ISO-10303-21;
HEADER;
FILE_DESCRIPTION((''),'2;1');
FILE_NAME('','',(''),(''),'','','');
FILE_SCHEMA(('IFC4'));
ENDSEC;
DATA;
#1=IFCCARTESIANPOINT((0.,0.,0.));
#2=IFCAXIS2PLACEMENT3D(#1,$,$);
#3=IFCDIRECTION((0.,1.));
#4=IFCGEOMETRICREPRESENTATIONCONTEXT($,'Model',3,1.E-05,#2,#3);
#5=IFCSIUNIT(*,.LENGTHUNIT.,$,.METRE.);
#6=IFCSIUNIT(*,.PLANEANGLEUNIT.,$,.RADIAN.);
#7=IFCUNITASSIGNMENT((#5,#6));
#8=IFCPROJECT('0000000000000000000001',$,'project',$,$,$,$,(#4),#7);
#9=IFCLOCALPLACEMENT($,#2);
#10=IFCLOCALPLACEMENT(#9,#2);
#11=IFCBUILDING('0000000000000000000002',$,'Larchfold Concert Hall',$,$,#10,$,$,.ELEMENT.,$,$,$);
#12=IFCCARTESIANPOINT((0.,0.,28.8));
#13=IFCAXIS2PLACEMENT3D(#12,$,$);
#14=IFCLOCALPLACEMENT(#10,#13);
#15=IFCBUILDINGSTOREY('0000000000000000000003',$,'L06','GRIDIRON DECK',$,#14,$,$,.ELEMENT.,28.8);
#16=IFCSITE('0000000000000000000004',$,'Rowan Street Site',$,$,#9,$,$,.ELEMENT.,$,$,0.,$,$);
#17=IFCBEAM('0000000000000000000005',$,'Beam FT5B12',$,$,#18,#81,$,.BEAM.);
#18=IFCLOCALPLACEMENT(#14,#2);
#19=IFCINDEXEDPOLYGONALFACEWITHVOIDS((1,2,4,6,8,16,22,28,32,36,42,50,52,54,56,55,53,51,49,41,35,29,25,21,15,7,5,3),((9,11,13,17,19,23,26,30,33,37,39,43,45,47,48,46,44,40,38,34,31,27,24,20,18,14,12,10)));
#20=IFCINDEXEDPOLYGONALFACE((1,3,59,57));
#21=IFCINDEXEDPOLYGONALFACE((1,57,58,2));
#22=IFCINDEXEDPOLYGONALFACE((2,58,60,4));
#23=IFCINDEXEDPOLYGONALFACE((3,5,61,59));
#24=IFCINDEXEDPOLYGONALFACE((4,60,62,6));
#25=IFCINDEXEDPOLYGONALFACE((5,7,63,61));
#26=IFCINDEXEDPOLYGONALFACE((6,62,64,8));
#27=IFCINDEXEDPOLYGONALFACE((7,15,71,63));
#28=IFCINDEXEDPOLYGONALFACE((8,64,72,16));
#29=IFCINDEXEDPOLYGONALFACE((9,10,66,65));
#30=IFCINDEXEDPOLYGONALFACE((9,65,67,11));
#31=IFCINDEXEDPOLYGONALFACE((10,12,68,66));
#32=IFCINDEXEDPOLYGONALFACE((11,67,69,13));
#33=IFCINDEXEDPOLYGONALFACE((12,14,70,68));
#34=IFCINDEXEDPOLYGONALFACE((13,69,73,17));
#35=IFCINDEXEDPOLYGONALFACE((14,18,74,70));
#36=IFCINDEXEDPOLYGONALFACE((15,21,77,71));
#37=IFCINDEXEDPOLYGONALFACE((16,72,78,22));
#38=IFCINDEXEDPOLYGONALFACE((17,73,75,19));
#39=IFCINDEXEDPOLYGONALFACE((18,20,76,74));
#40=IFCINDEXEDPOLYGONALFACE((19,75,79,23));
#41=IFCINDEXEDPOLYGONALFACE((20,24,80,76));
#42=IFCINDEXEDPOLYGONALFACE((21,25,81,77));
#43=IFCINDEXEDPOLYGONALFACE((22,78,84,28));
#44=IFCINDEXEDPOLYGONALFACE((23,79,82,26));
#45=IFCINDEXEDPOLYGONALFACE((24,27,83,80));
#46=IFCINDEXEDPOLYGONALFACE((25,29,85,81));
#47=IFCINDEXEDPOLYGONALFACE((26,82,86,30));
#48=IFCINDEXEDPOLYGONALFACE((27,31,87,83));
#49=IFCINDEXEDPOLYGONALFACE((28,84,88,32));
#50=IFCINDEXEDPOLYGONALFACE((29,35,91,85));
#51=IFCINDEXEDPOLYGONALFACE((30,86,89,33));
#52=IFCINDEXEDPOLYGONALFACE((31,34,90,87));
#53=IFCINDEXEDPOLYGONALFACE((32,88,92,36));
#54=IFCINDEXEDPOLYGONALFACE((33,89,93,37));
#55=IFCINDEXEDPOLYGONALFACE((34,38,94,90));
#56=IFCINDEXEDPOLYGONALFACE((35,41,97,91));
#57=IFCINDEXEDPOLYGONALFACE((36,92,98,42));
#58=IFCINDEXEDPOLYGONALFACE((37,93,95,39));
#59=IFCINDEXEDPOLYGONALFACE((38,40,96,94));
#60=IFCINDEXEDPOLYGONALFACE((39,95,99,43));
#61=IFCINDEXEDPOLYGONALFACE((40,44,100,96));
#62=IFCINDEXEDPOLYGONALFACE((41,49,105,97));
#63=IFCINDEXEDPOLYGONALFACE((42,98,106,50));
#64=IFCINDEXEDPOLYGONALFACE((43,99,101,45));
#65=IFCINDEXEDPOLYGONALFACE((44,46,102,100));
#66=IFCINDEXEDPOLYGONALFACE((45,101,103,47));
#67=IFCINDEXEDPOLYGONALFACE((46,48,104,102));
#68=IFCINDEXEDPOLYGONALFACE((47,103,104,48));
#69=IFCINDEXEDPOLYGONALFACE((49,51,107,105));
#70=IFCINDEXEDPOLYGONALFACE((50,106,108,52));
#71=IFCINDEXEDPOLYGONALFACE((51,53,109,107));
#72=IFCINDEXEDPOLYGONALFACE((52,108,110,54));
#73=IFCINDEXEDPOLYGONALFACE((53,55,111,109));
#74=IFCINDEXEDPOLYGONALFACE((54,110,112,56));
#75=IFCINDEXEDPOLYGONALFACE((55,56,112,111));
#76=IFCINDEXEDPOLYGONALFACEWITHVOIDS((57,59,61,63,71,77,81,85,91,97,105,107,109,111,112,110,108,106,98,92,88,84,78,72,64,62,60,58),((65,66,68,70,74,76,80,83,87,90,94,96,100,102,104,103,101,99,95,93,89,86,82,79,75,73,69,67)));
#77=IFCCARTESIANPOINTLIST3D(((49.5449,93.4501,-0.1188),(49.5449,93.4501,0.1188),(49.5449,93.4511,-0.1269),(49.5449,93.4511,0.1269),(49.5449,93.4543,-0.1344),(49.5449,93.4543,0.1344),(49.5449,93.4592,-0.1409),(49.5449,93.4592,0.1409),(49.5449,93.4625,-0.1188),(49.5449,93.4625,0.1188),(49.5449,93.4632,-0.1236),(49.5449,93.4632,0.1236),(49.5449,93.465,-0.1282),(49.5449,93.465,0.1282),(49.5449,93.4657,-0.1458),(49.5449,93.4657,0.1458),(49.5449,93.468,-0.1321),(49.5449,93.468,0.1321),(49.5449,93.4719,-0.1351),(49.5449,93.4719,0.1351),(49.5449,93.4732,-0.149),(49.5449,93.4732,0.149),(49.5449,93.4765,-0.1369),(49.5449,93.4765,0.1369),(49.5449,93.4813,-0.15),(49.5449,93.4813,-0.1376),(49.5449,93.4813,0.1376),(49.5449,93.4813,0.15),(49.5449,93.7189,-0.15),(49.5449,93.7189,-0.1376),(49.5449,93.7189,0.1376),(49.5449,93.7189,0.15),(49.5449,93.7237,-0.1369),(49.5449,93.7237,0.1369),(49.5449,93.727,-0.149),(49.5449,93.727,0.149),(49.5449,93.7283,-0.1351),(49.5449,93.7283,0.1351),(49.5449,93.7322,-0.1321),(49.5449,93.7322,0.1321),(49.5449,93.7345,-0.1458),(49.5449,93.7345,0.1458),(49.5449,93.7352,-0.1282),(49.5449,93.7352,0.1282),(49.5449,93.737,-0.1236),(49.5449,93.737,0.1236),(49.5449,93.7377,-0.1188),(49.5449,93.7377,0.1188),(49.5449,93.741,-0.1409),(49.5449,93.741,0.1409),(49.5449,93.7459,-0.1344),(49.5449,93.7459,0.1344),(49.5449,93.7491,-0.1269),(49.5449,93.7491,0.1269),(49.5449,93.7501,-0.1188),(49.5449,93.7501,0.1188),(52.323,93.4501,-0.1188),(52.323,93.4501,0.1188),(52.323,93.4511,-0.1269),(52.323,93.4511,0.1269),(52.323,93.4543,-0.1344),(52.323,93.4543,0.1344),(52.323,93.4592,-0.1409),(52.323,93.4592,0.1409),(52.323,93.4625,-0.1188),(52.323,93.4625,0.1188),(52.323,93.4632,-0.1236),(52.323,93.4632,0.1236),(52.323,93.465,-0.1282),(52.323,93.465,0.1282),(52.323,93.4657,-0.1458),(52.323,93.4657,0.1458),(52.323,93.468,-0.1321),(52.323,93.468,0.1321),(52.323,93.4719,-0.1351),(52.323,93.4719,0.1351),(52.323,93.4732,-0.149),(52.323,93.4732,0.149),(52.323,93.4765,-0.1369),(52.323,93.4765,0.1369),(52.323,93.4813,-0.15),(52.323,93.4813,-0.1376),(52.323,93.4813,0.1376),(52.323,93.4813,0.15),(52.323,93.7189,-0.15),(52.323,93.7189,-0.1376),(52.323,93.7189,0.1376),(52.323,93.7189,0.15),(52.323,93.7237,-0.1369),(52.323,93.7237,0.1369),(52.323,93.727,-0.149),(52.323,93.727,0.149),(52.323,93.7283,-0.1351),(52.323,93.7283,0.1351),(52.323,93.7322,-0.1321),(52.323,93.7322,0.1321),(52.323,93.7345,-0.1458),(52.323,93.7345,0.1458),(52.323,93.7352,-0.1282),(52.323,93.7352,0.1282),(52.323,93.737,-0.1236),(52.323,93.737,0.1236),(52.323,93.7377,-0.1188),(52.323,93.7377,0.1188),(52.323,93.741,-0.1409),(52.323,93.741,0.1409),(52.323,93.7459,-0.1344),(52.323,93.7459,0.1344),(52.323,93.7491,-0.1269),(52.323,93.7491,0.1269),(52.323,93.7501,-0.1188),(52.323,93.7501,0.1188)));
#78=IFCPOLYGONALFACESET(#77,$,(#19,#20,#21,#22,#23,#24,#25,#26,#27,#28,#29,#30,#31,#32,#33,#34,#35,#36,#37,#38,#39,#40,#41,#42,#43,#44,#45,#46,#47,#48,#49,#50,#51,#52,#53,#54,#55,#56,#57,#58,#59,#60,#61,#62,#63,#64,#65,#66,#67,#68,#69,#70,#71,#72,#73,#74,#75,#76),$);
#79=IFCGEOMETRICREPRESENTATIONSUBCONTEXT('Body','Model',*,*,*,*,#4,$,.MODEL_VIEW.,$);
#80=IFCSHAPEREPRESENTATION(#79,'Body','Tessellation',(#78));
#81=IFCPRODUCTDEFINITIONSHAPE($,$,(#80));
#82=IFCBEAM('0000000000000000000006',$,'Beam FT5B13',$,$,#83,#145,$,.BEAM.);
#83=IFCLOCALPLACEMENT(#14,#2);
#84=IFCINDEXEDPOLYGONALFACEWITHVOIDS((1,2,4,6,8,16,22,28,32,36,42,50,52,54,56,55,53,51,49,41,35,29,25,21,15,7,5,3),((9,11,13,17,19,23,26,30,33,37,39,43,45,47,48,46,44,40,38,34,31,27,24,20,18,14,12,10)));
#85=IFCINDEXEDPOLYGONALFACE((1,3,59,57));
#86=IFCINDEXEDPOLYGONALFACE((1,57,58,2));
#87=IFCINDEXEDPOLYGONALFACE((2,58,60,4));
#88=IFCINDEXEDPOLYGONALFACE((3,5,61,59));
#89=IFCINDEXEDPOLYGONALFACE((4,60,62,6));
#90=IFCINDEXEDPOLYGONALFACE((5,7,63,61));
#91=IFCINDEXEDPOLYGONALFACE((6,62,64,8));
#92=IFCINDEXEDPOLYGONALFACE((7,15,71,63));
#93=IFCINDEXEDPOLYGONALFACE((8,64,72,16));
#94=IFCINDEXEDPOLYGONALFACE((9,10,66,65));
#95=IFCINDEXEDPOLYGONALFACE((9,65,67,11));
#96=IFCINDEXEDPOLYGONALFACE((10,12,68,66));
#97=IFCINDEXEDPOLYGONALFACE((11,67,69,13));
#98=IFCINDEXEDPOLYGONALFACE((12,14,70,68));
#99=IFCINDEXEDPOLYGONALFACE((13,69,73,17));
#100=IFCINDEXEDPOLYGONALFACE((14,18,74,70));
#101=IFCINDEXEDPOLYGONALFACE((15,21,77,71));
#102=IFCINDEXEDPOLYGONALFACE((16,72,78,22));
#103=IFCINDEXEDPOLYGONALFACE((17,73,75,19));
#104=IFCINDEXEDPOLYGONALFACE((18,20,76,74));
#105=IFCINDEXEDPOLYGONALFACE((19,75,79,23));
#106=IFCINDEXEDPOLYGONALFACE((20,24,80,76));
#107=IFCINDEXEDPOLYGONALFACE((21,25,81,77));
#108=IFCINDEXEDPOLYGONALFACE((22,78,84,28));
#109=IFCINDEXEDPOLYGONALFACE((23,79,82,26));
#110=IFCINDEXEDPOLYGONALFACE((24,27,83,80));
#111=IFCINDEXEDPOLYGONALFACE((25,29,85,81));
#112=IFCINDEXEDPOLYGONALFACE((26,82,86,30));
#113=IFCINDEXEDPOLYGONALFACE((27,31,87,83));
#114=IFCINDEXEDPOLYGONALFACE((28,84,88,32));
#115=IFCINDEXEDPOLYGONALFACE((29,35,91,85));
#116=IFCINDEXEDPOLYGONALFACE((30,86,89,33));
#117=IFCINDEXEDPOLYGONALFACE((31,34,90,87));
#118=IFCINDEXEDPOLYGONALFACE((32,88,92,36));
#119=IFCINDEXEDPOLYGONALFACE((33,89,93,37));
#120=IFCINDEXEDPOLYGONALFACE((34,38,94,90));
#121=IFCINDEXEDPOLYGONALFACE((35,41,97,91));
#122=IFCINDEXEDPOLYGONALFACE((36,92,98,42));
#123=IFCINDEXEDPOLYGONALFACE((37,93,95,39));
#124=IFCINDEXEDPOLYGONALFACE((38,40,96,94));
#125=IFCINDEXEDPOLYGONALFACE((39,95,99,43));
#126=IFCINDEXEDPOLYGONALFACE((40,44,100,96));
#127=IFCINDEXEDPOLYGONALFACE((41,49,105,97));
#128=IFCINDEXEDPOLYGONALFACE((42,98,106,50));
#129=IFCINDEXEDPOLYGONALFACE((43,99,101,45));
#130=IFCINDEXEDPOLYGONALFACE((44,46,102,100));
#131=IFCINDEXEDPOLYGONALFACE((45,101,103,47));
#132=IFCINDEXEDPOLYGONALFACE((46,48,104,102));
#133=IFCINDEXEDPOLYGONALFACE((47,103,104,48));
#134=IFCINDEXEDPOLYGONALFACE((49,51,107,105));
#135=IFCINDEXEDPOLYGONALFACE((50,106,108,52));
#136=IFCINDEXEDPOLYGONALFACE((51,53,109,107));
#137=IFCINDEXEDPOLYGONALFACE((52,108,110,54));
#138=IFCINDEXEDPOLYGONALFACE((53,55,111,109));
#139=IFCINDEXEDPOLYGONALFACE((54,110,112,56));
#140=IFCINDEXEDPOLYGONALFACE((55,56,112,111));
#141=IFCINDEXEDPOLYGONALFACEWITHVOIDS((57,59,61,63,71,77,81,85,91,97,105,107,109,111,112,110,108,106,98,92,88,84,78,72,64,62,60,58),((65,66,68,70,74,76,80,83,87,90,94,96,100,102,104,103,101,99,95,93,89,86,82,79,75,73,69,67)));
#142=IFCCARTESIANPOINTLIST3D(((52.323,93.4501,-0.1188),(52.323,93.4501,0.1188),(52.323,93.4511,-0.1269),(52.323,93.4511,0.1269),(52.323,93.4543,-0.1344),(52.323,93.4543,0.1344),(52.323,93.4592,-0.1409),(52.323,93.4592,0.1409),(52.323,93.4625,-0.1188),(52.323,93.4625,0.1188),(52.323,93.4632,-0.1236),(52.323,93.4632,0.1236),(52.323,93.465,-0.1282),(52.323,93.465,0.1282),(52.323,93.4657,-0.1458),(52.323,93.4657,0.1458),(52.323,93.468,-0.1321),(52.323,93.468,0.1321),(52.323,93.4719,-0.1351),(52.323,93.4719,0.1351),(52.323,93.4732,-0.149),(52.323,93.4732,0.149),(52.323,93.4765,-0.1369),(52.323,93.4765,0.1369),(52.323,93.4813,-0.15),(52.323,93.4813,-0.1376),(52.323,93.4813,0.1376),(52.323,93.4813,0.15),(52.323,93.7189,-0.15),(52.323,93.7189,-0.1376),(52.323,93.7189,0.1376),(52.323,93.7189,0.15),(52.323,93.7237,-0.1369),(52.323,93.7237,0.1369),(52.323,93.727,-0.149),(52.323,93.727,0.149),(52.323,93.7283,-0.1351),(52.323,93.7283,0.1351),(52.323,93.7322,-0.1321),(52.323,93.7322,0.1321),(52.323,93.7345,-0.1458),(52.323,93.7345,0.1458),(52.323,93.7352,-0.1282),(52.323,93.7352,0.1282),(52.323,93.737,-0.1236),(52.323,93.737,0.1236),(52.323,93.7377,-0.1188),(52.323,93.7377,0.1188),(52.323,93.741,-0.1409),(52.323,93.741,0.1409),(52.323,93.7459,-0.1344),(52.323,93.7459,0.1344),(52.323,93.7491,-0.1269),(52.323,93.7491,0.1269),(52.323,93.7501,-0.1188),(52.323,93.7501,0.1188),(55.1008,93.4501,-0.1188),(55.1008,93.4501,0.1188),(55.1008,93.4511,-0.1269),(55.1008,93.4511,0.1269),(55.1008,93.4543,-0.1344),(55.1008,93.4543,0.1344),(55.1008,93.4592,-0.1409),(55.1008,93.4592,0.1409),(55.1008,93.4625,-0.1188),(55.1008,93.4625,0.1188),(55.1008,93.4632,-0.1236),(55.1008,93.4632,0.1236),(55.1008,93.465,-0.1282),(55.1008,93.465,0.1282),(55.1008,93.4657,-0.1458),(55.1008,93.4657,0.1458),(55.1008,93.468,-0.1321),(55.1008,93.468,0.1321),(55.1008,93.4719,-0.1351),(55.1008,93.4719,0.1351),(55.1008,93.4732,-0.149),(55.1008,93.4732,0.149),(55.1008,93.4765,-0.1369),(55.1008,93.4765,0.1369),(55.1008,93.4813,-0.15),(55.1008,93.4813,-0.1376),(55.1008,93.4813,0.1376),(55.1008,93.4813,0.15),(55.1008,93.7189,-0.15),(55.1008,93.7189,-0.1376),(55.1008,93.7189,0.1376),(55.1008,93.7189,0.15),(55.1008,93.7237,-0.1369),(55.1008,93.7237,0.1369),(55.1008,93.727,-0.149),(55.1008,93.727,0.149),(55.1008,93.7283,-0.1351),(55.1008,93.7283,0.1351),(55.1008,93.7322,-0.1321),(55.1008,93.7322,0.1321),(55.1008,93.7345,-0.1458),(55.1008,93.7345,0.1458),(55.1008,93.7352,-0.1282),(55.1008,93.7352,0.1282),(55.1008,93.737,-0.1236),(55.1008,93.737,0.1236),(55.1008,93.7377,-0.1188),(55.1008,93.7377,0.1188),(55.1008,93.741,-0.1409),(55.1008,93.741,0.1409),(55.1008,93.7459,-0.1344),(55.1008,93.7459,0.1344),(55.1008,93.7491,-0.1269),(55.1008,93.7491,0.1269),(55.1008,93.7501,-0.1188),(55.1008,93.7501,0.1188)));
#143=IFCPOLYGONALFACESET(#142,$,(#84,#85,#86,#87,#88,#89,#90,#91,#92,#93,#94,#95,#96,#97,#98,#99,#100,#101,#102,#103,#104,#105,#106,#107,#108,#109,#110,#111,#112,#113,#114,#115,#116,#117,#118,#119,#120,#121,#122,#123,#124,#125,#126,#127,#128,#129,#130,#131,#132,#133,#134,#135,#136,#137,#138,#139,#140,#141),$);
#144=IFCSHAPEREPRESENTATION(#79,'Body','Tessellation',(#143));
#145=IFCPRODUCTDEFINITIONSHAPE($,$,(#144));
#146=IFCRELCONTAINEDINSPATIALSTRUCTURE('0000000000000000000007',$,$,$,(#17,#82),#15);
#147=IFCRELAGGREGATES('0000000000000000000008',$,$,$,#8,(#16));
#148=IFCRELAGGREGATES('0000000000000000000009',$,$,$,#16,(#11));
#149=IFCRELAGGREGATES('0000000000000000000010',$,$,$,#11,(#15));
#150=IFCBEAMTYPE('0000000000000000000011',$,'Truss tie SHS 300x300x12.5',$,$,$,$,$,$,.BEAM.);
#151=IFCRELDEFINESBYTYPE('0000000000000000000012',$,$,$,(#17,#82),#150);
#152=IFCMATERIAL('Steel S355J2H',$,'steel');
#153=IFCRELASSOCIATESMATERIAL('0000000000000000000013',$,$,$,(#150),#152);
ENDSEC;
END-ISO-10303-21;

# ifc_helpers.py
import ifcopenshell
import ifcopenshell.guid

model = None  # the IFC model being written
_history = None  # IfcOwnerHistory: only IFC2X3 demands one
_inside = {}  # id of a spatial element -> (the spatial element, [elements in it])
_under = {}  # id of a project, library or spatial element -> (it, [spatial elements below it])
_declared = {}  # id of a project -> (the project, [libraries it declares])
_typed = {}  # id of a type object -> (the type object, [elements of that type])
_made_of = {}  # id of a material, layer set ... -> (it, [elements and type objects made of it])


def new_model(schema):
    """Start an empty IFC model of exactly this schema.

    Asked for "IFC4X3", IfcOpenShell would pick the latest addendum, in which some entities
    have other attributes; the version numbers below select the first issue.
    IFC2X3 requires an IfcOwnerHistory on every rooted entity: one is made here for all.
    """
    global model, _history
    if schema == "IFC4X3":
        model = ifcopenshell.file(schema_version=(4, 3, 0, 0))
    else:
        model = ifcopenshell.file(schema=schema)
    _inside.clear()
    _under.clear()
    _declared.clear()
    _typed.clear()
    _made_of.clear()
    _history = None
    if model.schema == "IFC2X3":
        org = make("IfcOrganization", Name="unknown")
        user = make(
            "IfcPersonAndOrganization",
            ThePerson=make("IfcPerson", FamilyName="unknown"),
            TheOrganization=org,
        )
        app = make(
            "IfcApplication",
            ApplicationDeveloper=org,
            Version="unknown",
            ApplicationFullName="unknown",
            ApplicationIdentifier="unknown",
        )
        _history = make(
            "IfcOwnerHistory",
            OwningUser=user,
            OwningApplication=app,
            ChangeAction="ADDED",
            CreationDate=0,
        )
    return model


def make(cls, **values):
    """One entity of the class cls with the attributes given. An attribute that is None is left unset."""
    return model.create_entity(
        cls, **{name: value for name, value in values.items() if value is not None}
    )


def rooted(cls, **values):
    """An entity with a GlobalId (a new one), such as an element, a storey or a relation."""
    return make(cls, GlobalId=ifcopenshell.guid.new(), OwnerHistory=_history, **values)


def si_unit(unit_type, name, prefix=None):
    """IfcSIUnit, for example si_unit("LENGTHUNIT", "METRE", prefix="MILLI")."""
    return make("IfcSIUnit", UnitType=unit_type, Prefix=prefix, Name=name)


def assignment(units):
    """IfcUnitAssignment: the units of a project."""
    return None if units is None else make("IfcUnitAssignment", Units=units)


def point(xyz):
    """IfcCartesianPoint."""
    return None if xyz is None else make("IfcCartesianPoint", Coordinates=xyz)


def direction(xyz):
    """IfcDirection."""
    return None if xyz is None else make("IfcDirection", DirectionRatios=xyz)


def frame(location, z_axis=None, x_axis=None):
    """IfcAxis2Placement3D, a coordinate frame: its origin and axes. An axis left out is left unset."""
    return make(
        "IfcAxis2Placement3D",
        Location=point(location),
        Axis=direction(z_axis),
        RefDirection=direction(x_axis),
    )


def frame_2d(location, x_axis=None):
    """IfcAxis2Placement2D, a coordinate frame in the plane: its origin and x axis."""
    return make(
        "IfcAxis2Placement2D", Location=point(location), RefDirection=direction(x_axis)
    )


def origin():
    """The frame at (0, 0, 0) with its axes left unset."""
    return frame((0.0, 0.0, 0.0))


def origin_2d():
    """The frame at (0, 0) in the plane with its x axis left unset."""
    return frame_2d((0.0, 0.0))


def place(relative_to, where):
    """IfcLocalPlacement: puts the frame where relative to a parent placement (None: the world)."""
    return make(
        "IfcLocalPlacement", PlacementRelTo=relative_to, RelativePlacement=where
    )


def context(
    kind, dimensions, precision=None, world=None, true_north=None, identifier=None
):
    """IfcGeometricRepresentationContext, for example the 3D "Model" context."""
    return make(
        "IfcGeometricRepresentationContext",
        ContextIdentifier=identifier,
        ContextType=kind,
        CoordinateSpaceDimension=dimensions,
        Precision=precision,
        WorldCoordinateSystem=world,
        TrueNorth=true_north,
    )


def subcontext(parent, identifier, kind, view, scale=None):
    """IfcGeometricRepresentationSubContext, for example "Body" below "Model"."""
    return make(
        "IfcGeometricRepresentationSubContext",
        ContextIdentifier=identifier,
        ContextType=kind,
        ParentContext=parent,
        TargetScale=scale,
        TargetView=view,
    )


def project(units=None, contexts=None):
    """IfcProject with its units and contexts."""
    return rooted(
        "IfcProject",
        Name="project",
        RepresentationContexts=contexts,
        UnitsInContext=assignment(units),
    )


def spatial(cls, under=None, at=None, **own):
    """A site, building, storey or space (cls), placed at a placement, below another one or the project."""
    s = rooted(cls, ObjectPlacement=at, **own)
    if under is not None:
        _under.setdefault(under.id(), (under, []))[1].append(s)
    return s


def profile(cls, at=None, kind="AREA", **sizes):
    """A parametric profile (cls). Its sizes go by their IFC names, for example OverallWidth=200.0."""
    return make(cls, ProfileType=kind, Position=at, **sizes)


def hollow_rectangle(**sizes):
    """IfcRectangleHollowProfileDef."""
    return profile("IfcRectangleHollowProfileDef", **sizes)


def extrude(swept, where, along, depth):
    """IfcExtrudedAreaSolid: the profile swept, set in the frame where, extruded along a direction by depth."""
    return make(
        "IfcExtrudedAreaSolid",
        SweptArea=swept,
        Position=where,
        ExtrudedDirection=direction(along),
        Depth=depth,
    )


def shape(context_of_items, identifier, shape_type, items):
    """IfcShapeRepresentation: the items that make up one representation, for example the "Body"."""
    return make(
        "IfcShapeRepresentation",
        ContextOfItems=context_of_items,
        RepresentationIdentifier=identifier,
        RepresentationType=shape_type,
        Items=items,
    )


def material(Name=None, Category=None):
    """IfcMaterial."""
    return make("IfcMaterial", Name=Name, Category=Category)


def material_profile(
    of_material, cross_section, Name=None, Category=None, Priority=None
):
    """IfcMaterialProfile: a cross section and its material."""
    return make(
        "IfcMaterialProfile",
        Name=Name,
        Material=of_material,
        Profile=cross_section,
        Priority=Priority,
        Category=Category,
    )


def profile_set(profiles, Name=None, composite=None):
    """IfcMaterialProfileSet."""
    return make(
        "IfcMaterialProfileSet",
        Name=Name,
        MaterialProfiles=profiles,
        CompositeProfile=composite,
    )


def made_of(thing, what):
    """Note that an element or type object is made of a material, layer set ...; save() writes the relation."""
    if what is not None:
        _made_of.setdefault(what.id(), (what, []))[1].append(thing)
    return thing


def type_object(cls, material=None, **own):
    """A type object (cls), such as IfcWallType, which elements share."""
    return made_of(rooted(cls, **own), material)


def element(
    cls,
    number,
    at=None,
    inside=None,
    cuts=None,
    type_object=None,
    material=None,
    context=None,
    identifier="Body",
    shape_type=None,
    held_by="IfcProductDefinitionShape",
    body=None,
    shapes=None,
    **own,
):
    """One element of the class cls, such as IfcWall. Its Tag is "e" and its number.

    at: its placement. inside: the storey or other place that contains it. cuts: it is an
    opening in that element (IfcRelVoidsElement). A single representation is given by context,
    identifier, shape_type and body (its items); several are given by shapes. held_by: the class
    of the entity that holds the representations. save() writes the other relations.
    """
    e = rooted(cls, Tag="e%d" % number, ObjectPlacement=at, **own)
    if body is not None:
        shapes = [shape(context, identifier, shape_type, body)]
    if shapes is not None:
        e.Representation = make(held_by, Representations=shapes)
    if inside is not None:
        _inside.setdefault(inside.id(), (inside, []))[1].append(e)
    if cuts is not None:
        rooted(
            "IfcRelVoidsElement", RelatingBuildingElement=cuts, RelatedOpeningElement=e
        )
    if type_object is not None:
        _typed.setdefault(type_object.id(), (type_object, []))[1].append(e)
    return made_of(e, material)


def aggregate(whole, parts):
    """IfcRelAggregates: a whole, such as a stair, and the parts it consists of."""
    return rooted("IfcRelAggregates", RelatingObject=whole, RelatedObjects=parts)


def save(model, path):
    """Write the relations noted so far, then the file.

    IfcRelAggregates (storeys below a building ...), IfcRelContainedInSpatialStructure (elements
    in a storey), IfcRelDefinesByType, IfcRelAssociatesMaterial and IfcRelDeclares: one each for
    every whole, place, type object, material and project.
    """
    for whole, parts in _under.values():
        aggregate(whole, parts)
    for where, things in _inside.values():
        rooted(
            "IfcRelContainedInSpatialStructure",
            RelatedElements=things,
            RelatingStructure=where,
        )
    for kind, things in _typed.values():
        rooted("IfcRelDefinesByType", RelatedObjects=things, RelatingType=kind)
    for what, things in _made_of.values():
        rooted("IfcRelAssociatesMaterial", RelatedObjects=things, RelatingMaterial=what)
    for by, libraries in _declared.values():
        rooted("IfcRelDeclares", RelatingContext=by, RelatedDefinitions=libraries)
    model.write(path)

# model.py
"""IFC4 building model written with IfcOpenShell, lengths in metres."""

from ifc_helpers import new_model, si_unit, direction, frame, origin, origin_2d, place, context, subcontext, project, spatial, hollow_rectangle, extrude, material, material_profile, profile_set, type_object, element, save


model = new_model("IFC4")

# Units and contexts
model_context = context("Model", 3, precision=1e-05, world=origin(), true_north=direction((0.0, 1.0)))
body_context = subcontext(model_context, "Body", "Model", "MODEL_VIEW")
ifc_project = project(units=[si_unit("LENGTHUNIT", "METRE"), si_unit("PLANEANGLEUNIT", "RADIAN")], contexts=[model_context])

# Site, building, storey
site_placement = place(None, origin())
site = spatial("IfcSite", under=ifc_project, at=site_placement, Name="Rowan Street Site", CompositionType="ELEMENT", RefElevation=0.0)
building_placement = place(site_placement, origin())
building = spatial("IfcBuilding", under=site, at=building_placement, Name="Larchfold Concert Hall", CompositionType="ELEMENT")
storey_placement = place(building_placement, frame((0.0, 0.0, 28.8)))
storey = spatial("IfcBuildingStorey", under=building, at=storey_placement, Name="L06", Description="GRIDIRON DECK", CompositionType="ELEMENT", Elevation=28.8)

# Beams
ifc_material_1 = material(Name="Steel S355J2H", Category="steel")
ifc_material_profile_1 = material_profile(ifc_material_1, hollow_rectangle(XDim=0.3, YDim=0.3, WallThickness=0.0125, InnerFilletRadius=0.0188, OuterFilletRadius=0.0312, at=origin_2d()))
ifc_profile_set_1 = profile_set([ifc_material_profile_1], Name="Steel S355J2H")
beam_type_1 = type_object("IfcBeamType", Name="Truss tie SHS 300x300x12.5", PredefinedType="BEAM", material=ifc_profile_set_1)
beam_1_placement = place(storey_placement, frame((49.5449, 93.6001, 0.0), z_axis=(1.0, 0.0, 0.0), x_axis=(0.0, 1.0, 0.0)))
element("IfcBeam", 1, at=beam_1_placement, inside=storey, type_object=beam_type_1, Name="Beam FT5B12", PredefinedType="BEAM", context=body_context, shape_type="SweptSolid", body=[
    extrude(hollow_rectangle(XDim=0.3, YDim=0.3, WallThickness=0.0125, InnerFilletRadius=0.0188, OuterFilletRadius=0.0312, at=origin_2d()), origin(), (0.0, 0.0, 1.0), 2.7781),
])
beam_2_placement = place(storey_placement, frame((52.323, 93.6001, 0.0), z_axis=(1.0, 0.0, 0.0), x_axis=(0.0, 1.0, 0.0)))
element("IfcBeam", 2, at=beam_2_placement, inside=storey, type_object=beam_type_1, Name="Beam FT5B13", PredefinedType="BEAM", context=body_context, shape_type="SweptSolid", body=[
    extrude(hollow_rectangle(XDim=0.3, YDim=0.3, WallThickness=0.0125, InnerFilletRadius=0.0188, OuterFilletRadius=0.0312, at=origin_2d()), origin(), (0.0, 0.0, 1.0), 2.7778),
])

save(model, "model.ifc")
